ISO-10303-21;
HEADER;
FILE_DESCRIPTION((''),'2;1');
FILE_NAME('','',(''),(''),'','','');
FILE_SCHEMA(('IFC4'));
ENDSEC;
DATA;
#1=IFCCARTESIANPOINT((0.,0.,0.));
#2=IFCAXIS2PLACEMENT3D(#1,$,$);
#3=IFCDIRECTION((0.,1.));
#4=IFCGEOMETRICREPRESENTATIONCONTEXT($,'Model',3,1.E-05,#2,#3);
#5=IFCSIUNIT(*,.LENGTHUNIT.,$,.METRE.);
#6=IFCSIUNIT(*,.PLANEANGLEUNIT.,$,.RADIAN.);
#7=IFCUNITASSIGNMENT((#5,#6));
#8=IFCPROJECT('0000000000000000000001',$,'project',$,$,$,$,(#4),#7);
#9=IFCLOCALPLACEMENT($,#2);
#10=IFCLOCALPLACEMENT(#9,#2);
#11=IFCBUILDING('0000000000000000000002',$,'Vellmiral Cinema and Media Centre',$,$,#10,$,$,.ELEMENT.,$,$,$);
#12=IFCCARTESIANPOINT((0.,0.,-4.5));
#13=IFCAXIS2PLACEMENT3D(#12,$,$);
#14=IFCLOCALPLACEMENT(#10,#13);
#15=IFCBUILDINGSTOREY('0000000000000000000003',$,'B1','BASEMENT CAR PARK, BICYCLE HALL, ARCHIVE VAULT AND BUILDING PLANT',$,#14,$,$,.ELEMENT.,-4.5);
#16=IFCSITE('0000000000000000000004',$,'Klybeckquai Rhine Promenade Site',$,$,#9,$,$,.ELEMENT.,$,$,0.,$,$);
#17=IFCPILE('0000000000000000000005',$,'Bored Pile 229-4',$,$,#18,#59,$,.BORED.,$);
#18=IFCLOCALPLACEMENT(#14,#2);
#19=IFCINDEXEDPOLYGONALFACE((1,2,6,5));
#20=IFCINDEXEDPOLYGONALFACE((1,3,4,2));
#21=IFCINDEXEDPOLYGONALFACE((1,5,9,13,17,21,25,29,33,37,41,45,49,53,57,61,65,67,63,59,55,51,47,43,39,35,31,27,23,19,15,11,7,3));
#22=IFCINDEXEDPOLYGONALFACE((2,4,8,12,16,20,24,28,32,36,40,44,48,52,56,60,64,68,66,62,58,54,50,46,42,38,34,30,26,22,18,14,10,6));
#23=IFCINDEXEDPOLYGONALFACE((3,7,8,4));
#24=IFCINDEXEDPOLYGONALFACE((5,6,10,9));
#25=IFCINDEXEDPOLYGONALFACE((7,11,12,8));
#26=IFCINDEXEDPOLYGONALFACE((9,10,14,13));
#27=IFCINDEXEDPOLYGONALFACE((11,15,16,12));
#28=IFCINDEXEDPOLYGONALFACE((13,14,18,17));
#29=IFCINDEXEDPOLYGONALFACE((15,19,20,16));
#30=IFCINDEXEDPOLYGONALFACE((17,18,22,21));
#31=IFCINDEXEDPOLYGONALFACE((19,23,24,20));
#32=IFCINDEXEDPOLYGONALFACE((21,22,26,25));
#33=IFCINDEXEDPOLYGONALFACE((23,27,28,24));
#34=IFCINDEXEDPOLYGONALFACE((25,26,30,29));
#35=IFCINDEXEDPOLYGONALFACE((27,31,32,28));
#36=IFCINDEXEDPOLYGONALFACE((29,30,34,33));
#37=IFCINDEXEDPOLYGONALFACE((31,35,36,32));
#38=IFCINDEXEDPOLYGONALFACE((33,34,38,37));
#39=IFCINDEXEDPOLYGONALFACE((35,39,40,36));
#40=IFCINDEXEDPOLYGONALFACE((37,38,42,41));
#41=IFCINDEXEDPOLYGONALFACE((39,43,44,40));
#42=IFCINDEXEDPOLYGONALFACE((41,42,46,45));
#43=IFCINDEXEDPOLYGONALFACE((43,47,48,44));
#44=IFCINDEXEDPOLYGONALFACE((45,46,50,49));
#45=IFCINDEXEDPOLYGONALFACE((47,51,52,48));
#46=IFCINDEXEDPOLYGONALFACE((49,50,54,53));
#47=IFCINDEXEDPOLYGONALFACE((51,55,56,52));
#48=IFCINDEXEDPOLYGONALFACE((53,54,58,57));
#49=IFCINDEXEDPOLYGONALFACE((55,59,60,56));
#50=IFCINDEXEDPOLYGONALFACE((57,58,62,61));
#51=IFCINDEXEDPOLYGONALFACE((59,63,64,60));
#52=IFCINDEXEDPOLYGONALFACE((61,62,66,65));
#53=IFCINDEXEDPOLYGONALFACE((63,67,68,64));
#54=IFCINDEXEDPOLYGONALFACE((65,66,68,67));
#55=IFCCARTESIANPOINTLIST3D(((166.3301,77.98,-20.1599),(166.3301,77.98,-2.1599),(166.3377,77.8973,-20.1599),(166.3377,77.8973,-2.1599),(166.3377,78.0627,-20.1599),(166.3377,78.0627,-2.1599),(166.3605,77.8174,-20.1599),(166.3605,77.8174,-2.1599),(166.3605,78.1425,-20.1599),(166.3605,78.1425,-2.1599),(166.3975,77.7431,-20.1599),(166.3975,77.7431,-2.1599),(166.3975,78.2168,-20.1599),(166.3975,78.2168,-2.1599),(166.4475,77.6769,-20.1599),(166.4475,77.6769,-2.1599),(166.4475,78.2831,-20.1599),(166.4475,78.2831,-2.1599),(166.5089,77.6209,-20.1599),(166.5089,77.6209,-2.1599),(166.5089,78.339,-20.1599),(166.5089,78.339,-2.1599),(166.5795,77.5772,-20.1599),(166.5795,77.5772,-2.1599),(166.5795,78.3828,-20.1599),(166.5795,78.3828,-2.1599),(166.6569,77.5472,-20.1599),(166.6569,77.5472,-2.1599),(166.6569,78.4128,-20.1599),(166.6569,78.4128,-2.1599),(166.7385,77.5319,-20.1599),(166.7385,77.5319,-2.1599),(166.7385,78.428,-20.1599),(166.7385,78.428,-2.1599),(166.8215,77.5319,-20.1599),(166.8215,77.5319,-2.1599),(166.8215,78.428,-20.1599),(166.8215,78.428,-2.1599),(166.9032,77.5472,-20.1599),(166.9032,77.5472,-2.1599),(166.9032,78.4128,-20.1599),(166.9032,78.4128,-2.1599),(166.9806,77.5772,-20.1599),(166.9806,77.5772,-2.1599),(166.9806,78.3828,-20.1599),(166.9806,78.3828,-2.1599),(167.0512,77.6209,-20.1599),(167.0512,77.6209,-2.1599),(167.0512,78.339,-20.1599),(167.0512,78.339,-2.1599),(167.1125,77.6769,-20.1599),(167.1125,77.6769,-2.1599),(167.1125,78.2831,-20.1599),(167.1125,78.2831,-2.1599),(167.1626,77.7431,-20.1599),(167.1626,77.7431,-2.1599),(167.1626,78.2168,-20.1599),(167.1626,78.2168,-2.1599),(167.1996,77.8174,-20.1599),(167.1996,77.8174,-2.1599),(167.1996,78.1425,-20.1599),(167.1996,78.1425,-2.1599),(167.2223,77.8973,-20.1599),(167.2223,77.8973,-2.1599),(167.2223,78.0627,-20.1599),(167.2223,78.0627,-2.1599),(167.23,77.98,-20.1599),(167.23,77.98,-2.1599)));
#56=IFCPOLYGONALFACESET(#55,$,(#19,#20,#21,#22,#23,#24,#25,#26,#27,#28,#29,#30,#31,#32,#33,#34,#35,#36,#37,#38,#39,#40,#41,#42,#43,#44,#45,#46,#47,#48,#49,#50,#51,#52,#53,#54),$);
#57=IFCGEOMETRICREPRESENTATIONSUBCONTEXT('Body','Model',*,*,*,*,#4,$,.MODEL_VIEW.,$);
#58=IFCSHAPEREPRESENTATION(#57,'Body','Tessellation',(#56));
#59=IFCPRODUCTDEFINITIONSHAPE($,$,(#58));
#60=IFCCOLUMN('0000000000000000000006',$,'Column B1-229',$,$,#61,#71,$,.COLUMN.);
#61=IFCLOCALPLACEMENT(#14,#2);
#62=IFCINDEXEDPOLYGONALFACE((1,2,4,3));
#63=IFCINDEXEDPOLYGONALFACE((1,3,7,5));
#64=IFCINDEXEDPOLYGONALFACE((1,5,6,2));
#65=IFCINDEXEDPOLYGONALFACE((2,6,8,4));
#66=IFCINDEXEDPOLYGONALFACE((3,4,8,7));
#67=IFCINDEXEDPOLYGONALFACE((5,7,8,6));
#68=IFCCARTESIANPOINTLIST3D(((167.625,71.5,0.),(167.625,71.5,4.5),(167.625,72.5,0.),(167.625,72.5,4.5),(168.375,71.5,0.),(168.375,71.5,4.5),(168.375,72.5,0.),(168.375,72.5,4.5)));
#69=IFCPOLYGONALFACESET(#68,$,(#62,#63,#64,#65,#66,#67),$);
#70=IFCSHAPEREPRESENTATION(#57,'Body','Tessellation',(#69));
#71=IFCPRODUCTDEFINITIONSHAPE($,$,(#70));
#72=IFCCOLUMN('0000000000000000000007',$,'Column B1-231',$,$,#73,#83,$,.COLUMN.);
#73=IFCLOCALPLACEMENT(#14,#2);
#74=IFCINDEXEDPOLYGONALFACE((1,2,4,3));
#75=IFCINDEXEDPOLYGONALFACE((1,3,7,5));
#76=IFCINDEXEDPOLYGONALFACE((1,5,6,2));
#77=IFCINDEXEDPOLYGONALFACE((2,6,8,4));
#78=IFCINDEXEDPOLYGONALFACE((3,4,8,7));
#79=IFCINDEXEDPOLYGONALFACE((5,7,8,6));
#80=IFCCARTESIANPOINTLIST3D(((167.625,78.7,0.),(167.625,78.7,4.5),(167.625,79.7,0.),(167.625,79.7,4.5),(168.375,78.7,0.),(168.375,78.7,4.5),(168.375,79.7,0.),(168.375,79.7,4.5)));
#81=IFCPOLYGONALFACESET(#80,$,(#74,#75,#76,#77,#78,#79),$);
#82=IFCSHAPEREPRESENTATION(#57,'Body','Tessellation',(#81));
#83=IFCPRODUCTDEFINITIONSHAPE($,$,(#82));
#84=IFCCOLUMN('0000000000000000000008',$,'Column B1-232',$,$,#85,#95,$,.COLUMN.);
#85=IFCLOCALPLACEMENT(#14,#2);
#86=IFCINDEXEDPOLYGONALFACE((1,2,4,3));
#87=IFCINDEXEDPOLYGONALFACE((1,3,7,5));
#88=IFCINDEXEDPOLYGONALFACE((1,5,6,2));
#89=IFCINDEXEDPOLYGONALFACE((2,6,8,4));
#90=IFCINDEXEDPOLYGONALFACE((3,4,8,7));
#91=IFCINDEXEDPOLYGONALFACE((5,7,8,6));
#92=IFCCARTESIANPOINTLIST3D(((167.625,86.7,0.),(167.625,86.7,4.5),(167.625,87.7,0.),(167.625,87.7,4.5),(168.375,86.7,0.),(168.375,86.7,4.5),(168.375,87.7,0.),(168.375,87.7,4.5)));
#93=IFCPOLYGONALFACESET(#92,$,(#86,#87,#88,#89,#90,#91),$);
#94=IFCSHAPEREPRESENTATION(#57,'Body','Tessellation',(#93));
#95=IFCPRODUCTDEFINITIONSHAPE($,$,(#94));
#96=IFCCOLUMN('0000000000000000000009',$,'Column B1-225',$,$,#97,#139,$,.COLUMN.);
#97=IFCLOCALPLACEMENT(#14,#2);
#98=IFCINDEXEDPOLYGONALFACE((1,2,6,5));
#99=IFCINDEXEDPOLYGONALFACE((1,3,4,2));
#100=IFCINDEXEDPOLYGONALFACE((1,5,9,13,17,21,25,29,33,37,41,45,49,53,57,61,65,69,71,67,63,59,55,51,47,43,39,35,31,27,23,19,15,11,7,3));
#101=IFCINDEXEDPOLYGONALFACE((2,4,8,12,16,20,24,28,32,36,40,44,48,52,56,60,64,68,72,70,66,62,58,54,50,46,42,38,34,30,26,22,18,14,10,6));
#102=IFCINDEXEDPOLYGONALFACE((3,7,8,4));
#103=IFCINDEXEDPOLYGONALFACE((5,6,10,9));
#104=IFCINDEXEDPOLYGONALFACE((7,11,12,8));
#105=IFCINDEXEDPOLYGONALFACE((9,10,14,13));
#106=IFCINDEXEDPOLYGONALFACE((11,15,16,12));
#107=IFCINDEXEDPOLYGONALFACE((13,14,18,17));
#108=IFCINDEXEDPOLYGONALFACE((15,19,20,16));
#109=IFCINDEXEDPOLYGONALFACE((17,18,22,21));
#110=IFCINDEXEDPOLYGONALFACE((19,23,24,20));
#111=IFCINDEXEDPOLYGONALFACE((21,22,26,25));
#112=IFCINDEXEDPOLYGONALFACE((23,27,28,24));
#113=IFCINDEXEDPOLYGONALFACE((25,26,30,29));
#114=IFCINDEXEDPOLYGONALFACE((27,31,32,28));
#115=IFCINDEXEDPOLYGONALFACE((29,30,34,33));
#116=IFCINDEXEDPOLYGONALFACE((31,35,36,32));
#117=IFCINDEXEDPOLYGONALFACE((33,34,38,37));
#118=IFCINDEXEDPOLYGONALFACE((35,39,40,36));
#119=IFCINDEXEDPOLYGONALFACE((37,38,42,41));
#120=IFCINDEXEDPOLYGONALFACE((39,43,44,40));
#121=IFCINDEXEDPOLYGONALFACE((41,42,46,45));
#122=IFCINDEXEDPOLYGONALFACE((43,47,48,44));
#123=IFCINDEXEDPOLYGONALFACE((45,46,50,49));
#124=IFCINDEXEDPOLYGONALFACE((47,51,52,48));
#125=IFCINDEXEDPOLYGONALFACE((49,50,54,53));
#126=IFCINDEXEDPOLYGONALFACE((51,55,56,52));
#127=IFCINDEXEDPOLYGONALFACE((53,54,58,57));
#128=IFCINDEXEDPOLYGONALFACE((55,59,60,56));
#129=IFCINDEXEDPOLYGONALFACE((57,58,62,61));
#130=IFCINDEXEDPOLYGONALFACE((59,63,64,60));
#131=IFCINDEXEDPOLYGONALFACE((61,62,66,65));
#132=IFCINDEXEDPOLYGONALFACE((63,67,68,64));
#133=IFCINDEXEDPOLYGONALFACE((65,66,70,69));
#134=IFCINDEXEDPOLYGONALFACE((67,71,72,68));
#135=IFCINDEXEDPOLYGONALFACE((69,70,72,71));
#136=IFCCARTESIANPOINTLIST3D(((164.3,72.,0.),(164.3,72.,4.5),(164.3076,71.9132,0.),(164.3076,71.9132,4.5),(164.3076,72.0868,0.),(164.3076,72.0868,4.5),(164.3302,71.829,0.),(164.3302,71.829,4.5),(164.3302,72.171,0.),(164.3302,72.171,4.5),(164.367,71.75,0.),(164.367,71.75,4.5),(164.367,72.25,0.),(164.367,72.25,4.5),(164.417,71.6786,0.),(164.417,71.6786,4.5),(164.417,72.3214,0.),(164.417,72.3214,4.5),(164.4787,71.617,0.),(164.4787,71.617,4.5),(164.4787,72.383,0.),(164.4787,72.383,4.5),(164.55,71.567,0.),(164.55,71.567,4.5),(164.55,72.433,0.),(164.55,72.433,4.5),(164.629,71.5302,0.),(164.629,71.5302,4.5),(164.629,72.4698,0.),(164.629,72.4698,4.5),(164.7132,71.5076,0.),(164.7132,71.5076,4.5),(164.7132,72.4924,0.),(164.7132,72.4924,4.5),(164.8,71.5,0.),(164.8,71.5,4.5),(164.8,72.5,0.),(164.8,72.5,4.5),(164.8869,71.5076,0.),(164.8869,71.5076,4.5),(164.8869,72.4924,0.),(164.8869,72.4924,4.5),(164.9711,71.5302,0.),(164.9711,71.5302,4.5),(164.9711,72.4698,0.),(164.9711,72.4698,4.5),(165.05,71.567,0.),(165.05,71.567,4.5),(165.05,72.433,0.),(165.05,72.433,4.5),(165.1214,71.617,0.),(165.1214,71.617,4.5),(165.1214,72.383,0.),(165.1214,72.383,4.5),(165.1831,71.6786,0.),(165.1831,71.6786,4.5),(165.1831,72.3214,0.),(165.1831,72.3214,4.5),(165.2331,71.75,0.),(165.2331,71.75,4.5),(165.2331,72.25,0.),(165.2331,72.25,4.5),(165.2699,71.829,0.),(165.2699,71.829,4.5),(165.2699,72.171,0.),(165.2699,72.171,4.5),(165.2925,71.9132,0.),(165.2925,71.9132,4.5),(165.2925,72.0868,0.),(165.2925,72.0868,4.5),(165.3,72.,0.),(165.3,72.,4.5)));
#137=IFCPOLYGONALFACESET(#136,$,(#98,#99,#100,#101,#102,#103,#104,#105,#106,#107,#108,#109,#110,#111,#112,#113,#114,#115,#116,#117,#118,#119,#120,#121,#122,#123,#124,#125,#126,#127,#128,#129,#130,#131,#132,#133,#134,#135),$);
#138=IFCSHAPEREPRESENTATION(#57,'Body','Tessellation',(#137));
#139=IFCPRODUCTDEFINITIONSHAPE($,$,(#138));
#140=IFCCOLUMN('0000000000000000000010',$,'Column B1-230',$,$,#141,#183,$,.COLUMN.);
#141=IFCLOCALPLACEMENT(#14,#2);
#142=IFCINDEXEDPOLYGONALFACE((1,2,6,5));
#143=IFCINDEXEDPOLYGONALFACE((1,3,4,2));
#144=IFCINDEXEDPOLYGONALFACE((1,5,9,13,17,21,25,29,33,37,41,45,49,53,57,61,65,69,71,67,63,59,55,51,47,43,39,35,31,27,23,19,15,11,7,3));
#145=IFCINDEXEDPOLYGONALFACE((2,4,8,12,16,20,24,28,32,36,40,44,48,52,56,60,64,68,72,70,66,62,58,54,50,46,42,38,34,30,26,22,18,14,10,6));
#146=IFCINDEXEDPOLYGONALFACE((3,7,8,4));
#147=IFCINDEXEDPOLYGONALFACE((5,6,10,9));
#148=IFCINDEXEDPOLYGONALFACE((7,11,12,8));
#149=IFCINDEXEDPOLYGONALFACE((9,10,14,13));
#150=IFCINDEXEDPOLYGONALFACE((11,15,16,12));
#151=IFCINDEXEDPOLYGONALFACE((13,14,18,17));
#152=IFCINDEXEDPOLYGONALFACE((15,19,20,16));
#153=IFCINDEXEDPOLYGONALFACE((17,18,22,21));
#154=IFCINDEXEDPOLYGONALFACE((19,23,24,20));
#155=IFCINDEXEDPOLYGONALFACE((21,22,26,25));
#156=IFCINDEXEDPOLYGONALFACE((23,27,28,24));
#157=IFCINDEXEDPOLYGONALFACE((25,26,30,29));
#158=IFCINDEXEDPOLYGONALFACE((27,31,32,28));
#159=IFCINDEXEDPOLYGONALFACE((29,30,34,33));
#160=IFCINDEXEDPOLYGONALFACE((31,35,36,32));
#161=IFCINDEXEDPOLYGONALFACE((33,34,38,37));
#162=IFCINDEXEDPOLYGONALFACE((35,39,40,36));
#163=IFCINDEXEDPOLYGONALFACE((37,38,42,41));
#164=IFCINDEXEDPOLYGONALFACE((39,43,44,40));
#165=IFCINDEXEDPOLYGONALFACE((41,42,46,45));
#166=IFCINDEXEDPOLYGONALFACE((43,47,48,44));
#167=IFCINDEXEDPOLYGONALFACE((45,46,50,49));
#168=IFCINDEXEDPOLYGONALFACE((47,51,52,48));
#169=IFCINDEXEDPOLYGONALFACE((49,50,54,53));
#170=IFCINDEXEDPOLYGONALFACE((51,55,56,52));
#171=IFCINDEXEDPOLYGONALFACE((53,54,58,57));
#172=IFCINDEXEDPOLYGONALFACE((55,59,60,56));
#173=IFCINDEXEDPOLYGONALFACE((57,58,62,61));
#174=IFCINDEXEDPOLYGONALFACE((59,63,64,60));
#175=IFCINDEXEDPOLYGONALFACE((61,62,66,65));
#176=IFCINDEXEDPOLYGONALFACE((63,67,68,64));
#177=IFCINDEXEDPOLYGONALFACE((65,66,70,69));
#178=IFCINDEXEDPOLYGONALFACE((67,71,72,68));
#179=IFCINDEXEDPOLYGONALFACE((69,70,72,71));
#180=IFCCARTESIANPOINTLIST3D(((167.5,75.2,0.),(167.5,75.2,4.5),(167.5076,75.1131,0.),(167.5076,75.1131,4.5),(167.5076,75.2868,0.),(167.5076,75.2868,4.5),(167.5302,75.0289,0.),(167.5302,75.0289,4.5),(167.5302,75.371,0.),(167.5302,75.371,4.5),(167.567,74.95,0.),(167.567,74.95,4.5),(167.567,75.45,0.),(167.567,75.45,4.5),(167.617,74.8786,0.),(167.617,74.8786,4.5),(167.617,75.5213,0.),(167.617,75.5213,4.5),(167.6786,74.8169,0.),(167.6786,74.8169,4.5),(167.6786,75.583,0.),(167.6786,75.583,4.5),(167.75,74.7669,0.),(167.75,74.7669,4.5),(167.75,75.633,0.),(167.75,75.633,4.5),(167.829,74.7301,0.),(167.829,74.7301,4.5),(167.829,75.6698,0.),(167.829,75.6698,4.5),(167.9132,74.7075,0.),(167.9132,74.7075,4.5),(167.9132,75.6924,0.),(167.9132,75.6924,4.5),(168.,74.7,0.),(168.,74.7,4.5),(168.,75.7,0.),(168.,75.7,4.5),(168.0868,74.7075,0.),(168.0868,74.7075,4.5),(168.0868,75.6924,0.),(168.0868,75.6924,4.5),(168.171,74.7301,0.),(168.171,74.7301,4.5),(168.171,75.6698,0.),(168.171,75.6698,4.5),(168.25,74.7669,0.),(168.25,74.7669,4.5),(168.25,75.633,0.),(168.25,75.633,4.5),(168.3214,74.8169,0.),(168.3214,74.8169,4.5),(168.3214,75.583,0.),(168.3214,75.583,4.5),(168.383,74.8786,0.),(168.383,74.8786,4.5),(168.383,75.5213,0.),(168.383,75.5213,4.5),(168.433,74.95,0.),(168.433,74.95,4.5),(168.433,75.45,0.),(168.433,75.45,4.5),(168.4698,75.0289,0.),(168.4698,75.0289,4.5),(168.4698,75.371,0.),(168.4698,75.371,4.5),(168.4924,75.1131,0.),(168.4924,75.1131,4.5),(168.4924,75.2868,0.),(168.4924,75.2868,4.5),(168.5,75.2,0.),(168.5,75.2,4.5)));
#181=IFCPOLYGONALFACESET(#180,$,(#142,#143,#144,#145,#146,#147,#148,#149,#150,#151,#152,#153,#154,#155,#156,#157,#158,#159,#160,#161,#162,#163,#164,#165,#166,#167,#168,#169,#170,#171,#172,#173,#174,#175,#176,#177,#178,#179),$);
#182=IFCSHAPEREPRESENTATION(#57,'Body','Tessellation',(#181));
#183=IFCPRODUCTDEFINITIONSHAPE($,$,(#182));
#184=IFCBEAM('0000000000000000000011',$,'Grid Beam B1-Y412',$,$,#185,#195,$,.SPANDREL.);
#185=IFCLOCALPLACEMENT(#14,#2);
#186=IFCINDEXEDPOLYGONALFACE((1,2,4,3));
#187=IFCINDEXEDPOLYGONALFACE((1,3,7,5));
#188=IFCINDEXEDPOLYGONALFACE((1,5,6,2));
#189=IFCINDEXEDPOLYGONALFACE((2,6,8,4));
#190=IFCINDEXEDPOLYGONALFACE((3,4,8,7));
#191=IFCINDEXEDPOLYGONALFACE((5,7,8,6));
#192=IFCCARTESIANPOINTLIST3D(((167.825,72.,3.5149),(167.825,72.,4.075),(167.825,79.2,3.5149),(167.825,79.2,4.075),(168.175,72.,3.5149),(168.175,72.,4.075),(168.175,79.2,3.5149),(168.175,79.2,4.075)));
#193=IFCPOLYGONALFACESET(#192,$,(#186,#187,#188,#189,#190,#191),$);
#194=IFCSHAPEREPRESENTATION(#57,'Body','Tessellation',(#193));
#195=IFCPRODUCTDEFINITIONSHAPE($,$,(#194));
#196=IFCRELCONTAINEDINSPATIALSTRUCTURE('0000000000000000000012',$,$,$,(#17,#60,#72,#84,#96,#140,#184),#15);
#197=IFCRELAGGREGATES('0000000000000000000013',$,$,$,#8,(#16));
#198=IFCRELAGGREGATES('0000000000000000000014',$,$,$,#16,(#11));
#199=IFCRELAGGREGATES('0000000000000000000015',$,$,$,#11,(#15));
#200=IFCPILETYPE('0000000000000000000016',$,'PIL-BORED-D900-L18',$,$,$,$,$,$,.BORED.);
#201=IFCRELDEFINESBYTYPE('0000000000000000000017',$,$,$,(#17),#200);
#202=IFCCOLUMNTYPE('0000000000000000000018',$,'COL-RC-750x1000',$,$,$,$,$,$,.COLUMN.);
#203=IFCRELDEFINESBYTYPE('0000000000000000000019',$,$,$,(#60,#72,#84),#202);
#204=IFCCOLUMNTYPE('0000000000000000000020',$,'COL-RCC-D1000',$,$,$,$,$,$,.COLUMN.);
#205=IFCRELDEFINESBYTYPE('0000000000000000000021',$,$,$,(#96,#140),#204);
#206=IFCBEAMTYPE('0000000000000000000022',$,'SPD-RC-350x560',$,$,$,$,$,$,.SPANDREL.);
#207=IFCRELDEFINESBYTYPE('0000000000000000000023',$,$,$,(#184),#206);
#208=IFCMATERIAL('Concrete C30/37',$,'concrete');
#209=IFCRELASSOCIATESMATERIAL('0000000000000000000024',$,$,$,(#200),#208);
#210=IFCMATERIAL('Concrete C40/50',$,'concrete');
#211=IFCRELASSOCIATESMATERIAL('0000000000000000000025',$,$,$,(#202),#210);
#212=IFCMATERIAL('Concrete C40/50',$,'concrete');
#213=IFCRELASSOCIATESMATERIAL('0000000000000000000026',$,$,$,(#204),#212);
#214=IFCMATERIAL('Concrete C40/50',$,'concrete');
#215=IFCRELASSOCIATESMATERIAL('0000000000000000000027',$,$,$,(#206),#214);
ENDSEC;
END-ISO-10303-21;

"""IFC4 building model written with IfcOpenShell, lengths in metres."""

from ifc_helpers import new_model, si_unit, direction, frame, origin, origin_2d, place, context, subcontext, project, spatial, rectangle, circle, extrude, material, material_profile, profile_set, type_object, element, save


model = new_model("IFC4")

# Units and contexts
model_context = context("Model", 3, precision=1e-05, world=origin(), true_north=direction((0.0, 1.0)))
body_context = subcontext(model_context, "Body", "Model", "MODEL_VIEW")
ifc_project = project(units=[si_unit("LENGTHUNIT", "METRE"), si_unit("PLANEANGLEUNIT", "RADIAN")], contexts=[model_context])

# Site, building, storey
site_placement = place(None, origin())
site = spatial("IfcSite", under=ifc_project, at=site_placement, Name="Klybeckquai Rhine Promenade Site", CompositionType="ELEMENT", RefElevation=0.0)
building_placement = place(site_placement, origin())
building = spatial("IfcBuilding", under=site, at=building_placement, Name="Vellmiral Cinema and Media Centre", CompositionType="ELEMENT")
storey_placement = place(building_placement, frame((0.0, 0.0, -4.5)))
storey = spatial("IfcBuildingStorey", under=building, at=storey_placement, Name="B1", Description="BASEMENT CAR PARK, BICYCLE HALL, ARCHIVE VAULT AND BUILDING PLANT", CompositionType="ELEMENT", Elevation=-4.5)

# Pile
ifc_material_1 = material(Name="Concrete C30/37", Category="concrete")
ifc_material_profile_1 = material_profile(ifc_material_1, circle(Radius=0.45, at=origin_2d()), Name="PILE D900")
ifc_profile_set_1 = profile_set([ifc_material_profile_1], Name="Concrete C30/37")
pile_type_1 = type_object("IfcPileType", Name="PIL-BORED-D900-L18", PredefinedType="BORED", material=ifc_profile_set_1)
for number, where, z_axis, x_axis, name in (
    (1, (166.78, 77.98, -2.1599), (0.0, 0.0, -1.0), (1.0, 0.0, 0.0), "Bored Pile 229-4"),
):
    element("IfcPile", number, at=place(storey_placement, frame(where, z_axis=z_axis, x_axis=x_axis)), inside=storey, type_object=pile_type_1, Name=name, PredefinedType="BORED", context=body_context, shape_type="SweptSolid", body=[
        extrude(circle(Radius=0.45, at=origin_2d()), origin(), (0.0, 0.0, 1.0), 18.0),
    ])

# Columns
ifc_material_2 = material(Name="Concrete C40/50", Category="concrete")
ifc_material_profile_2 = material_profile(ifc_material_2, rectangle(XDim=0.75, YDim=1.0, at=origin_2d()), Name="RC 750x1000")
ifc_profile_set_2 = profile_set([ifc_material_profile_2], Name="Concrete C40/50")
column_type_1 = type_object("IfcColumnType", Name="COL-RC-750x1000", PredefinedType="COLUMN", material=ifc_profile_set_2)
for number, where, z_axis, x_axis, name in (
    (2, (168.0, 72.0, 0.0), (0.0, 0.0, 1.0), (1.0, 0.0, 0.0), "Column B1-229"),
    (3, (168.0, 79.2, 0.0), (0.0, 0.0, 1.0), (1.0, 0.0, 0.0), "Column B1-231"),
    (4, (168.0, 87.2, 0.0), (0.0, 0.0, 1.0), (1.0, 0.0, 0.0), "Column B1-232"),
):
    element("IfcColumn", number, at=place(storey_placement, frame(where, z_axis=z_axis, x_axis=x_axis)), inside=storey, type_object=column_type_1, Name=name, PredefinedType="COLUMN", context=body_context, shape_type="SweptSolid", body=[
        extrude(rectangle(XDim=0.75, YDim=1.0, at=origin_2d()), origin(), (0.0, 0.0, 1.0), 4.5),
    ])
ifc_material_3 = material(Name="Concrete C40/50", Category="concrete")
ifc_material_profile_3 = material_profile(ifc_material_3, circle(Radius=0.5, at=origin_2d()), Name="RC D1000")
ifc_profile_set_3 = profile_set([ifc_material_profile_3], Name="Concrete C40/50")
column_type_2 = type_object("IfcColumnType", Name="COL-RCC-D1000", PredefinedType="COLUMN", material=ifc_profile_set_3)
for number, where, z_axis, x_axis, name in (
    (5, (164.8, 72.0, 0.0), (0.0, 0.0, 1.0), (1.0, 0.0, 0.0), "Column B1-225"),
    (6, (168.0, 75.2, 0.0), (0.0, 0.0, 1.0), (1.0, 0.0, 0.0), "Column B1-230"),
):
    element("IfcColumn", number, at=place(storey_placement, frame(where, z_axis=z_axis, x_axis=x_axis)), inside=storey, type_object=column_type_2, Name=name, PredefinedType="COLUMN", context=body_context, shape_type="SweptSolid", body=[
        extrude(circle(Radius=0.5, at=origin_2d()), origin(), (0.0, 0.0, 1.0), 4.5),
    ])

# Beam
ifc_material_4 = material(Name="Concrete C40/50", Category="concrete")
ifc_material_profile_4 = material_profile(ifc_material_4, rectangle(XDim=0.3501, YDim=0.5601, at=origin_2d()), Name="RC 350x560")
ifc_profile_set_4 = profile_set([ifc_material_profile_4], Name="Concrete C40/50")
beam_type_1 = type_object("IfcBeamType", Name="SPD-RC-350x560", PredefinedType="SPANDREL", material=ifc_profile_set_4)
beam_1_placement = place(storey_placement, frame((168.0, 72.0, 3.7949), z_axis=(0.0, 1.0, 0.0), x_axis=(-1.0, 0.0, 0.0)))
element("IfcBeam", 7, at=beam_1_placement, inside=storey, type_object=beam_type_1, Name="Grid Beam B1-Y412", PredefinedType="SPANDREL", context=body_context, shape_type="SweptSolid", body=[
    extrude(rectangle(XDim=0.3501, YDim=0.5601, at=origin_2d()), origin(), (0.0, 0.0, 1.0), 7.2),
])

save(model, "model.ifc")
